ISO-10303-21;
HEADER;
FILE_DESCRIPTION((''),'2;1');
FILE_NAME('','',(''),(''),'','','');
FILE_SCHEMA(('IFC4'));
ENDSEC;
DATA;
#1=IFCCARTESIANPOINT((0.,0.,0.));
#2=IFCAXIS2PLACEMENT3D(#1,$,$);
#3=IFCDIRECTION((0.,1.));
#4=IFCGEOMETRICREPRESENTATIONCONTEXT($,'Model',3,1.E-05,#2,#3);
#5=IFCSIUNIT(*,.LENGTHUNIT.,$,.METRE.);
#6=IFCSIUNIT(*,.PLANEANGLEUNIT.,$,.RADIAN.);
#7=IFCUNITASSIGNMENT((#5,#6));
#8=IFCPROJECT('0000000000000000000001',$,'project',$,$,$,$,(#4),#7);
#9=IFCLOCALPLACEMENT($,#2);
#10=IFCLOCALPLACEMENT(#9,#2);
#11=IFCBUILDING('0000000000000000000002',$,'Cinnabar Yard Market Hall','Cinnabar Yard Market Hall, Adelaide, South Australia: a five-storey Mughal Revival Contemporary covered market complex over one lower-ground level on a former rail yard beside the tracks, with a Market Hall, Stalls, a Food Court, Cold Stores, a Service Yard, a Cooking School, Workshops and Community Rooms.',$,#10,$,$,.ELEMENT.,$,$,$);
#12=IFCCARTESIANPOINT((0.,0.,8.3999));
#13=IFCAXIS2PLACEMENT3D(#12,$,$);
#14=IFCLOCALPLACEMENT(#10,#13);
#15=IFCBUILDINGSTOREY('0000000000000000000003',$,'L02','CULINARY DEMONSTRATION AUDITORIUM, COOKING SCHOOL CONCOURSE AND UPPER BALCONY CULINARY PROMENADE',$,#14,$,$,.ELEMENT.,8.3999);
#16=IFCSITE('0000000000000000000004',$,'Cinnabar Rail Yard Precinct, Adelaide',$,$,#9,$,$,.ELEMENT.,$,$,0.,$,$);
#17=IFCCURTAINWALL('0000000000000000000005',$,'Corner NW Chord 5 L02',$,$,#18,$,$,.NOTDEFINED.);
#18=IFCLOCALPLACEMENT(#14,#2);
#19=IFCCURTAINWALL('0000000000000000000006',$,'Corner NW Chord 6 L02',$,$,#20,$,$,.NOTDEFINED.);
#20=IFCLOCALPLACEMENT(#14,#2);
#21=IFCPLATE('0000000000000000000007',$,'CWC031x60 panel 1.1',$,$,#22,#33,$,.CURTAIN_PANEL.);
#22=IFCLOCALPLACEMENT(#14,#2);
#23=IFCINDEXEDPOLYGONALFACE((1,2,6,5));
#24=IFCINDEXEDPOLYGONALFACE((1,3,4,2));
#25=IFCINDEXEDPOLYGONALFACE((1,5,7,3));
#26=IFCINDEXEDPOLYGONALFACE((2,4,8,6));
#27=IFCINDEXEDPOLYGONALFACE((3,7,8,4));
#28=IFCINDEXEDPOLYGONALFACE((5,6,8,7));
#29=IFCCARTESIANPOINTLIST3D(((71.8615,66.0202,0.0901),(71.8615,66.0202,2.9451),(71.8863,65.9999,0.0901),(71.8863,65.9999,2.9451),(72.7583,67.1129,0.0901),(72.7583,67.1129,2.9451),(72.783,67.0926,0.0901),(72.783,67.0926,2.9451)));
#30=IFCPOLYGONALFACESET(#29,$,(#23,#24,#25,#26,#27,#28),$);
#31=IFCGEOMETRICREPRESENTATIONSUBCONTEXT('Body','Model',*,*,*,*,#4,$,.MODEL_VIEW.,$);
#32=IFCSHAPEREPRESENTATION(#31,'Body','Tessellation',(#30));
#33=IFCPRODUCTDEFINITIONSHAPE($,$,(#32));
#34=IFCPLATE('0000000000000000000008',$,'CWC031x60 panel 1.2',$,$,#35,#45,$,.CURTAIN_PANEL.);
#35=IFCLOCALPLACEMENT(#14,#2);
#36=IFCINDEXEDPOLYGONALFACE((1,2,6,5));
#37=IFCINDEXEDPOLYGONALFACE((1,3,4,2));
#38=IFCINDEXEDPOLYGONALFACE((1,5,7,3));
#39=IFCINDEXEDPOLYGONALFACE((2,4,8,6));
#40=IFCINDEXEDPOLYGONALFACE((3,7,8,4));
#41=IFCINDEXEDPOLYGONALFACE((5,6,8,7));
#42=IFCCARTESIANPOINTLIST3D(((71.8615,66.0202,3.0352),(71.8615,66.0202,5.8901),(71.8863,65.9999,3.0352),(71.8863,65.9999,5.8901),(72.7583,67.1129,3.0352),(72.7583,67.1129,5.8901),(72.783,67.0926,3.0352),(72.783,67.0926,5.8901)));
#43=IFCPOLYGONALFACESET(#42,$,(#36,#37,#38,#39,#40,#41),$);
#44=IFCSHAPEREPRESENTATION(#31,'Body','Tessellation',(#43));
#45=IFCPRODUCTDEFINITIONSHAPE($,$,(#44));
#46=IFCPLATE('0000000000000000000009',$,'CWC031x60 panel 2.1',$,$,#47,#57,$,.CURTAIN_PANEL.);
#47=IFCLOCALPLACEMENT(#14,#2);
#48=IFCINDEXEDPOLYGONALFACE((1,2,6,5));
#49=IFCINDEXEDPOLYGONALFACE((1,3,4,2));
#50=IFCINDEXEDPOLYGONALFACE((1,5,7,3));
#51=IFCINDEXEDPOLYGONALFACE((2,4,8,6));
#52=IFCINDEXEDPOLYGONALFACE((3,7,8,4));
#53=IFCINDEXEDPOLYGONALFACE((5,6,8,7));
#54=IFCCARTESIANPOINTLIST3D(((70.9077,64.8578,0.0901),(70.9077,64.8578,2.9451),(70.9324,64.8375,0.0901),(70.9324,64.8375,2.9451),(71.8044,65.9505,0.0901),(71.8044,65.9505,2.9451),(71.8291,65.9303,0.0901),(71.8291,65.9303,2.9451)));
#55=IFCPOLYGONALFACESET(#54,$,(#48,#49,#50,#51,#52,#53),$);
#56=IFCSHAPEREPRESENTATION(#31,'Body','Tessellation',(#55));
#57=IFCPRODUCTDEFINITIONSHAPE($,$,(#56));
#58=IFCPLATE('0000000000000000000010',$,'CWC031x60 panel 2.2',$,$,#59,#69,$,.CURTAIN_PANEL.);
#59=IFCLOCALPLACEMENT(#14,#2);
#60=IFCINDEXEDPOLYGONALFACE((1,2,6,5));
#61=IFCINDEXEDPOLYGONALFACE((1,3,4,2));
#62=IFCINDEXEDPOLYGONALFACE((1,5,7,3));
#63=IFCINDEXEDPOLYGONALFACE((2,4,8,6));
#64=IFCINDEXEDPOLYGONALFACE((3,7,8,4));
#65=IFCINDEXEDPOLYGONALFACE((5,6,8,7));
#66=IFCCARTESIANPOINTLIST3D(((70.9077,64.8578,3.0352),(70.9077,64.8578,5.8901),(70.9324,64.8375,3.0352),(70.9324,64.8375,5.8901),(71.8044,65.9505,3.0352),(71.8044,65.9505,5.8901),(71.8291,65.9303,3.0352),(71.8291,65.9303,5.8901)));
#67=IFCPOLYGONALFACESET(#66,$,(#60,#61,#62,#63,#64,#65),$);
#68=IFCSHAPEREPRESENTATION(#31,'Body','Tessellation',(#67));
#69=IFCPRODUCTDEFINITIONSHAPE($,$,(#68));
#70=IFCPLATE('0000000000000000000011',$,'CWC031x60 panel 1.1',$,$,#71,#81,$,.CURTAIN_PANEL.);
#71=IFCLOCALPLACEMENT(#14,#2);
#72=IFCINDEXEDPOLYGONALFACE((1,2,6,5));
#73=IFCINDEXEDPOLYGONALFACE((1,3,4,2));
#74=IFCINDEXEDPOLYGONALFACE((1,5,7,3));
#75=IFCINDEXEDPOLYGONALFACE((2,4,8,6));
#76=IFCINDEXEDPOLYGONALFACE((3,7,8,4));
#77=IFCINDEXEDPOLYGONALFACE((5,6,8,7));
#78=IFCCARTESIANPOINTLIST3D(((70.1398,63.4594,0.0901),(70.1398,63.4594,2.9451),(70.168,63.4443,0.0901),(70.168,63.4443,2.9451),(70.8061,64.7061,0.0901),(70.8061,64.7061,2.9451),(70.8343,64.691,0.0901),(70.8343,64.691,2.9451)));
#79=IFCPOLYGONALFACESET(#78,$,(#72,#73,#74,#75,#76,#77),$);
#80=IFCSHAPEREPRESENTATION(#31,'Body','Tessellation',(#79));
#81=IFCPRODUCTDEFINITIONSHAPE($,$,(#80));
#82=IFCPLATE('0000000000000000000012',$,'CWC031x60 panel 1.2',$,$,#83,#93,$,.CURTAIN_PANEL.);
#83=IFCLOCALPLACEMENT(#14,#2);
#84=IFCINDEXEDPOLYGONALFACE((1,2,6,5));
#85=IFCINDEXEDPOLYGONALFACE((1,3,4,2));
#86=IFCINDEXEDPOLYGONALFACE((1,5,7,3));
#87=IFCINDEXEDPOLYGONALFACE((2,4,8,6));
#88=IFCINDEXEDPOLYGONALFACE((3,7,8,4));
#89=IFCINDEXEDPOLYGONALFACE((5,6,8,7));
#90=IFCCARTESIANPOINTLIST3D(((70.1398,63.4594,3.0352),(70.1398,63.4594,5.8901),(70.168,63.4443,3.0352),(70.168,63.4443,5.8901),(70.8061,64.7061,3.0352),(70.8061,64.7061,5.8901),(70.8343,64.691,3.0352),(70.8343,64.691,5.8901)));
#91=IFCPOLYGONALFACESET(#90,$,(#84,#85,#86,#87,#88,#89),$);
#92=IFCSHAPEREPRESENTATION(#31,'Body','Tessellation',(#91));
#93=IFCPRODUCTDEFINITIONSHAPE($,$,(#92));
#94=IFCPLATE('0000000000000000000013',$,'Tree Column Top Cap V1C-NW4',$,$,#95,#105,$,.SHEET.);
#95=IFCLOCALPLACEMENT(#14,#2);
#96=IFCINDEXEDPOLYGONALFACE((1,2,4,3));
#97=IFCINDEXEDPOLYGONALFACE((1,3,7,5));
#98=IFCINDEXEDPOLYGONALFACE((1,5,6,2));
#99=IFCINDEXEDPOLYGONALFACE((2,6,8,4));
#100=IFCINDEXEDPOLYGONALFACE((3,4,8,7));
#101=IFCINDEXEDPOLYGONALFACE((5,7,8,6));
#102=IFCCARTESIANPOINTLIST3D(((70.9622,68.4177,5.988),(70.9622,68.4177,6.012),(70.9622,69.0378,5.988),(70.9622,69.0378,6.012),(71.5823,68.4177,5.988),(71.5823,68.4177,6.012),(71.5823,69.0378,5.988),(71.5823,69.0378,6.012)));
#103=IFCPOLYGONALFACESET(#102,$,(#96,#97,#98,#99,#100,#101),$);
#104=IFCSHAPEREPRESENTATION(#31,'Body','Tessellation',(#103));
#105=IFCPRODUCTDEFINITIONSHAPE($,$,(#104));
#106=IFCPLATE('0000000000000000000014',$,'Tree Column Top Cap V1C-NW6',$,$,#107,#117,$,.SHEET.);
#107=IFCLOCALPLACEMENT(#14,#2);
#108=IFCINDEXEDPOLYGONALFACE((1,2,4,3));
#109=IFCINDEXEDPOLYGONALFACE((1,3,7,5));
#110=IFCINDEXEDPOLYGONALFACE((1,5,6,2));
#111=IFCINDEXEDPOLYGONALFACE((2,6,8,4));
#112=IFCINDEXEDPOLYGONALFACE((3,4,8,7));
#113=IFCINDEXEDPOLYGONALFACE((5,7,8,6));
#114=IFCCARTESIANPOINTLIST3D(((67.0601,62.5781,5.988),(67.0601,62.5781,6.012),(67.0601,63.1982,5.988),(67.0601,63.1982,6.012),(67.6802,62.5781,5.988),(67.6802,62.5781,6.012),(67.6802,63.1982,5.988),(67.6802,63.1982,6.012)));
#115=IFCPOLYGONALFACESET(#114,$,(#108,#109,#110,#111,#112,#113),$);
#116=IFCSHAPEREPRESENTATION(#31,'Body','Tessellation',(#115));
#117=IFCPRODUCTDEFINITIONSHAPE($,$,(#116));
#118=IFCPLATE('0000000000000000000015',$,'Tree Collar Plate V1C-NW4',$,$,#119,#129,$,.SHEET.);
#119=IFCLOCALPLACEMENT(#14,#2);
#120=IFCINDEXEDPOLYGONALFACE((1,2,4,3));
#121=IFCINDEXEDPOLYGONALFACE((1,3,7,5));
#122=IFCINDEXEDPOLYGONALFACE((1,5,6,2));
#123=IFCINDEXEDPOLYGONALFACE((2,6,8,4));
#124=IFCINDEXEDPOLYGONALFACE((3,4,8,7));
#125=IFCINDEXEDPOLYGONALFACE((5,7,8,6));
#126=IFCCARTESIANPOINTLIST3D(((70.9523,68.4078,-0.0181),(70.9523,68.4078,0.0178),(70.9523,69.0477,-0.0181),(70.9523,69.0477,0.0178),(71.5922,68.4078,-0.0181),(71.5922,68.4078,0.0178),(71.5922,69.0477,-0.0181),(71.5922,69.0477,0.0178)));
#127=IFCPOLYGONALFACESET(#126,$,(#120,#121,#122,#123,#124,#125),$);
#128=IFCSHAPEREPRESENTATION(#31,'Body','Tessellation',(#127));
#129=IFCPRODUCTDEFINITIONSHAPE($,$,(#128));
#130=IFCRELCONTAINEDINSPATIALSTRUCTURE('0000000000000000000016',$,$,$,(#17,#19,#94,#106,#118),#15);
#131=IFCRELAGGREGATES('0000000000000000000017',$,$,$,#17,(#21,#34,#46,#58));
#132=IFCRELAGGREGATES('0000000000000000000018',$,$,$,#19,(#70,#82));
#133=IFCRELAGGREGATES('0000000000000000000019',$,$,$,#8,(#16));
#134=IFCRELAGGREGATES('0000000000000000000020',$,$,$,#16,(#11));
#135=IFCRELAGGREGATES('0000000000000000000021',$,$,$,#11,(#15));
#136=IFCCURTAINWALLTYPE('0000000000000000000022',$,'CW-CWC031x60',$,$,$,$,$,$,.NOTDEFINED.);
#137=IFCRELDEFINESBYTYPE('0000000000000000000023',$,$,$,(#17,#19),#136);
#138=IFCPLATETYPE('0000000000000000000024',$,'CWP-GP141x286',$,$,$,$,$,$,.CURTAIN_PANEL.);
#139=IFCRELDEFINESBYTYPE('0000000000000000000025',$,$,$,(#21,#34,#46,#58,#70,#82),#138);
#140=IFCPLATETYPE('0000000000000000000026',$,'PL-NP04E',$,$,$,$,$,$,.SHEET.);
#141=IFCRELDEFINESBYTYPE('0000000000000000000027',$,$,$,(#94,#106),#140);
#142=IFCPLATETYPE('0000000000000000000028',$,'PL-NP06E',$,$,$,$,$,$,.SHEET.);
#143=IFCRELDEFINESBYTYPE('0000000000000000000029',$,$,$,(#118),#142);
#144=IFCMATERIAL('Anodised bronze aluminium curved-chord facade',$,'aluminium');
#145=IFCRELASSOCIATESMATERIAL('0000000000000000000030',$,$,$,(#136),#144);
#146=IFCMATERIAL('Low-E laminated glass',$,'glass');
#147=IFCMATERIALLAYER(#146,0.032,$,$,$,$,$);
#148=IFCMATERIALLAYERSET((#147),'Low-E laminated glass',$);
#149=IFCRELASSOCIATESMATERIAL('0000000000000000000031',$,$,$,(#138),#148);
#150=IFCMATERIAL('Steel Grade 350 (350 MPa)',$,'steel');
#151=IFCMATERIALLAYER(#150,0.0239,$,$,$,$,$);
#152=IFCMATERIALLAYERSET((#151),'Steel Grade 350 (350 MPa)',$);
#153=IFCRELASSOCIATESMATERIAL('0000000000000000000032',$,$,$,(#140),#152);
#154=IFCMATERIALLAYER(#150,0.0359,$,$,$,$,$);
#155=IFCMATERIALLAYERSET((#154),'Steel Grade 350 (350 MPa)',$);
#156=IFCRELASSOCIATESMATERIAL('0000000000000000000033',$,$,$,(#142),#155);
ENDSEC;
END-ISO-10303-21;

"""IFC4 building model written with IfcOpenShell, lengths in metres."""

from ifc_helpers import new_model, si_unit, direction, frame, origin, origin_2d_with_axis, place, context, subcontext, project, spatial, rectangle, extrude, material, layer, layer_set, type_object, element, aggregate, save


model = new_model("IFC4")

# Units and contexts
model_context = context("Model", 3, precision=1e-05, world=origin(), true_north=direction((0.0, 1.0)))
body_context = subcontext(model_context, "Body", "Model", "MODEL_VIEW")
ifc_project = project(units=[si_unit("LENGTHUNIT", "METRE"), si_unit("PLANEANGLEUNIT", "RADIAN")], contexts=[model_context])

# Site, building, storey
site_placement = place(None, origin())
site = spatial("IfcSite", under=ifc_project, at=site_placement, Name="Cinnabar Rail Yard Precinct, Adelaide", CompositionType="ELEMENT", RefElevation=0.0)
building_placement = place(site_placement, origin())
building = spatial("IfcBuilding", under=site, at=building_placement, Name="Cinnabar Yard Market Hall", Description="Cinnabar Yard Market Hall, Adelaide, South Australia: a five-storey Mughal Revival Contemporary covered market complex over one lower-ground level on a former rail yard beside the tracks, with a Market Hall, Stalls, a Food Court, Cold Stores, a Service Yard, a Cooking School, Workshops and Community Rooms.", CompositionType="ELEMENT")
storey_placement = place(building_placement, frame((0.0, 0.0, 8.3999)))
storey = spatial("IfcBuildingStorey", under=building, at=storey_placement, Name="L02", Description="CULINARY DEMONSTRATION AUDITORIUM, COOKING SCHOOL CONCOURSE AND UPPER BALCONY CULINARY PROMENADE", CompositionType="ELEMENT", Elevation=8.3999)

# Shared definitions
ifc_material_1 = material(Name="Anodised bronze aluminium curved-chord facade", Category="aluminium")
curtain_wall_type = type_object("IfcCurtainWallType", Name="CW-CWC031x60", PredefinedType="NOTDEFINED", material=ifc_material_1)

# Curtain walls
curtain_wall_1_placement = place(storey_placement, origin())
curtain_wall_1 = element("IfcCurtainWall", 1, at=curtain_wall_1_placement, inside=storey, type_object=curtain_wall_type, Name="Corner NW Chord 5 L02", PredefinedType="NOTDEFINED")
curtain_wall_2_placement = place(storey_placement, origin())
curtain_wall_2 = element("IfcCurtainWall", 2, at=curtain_wall_2_placement, inside=storey, type_object=curtain_wall_type, Name="Corner NW Chord 6 L02", PredefinedType="NOTDEFINED")

# Plates
ifc_material_2 = material(Name="Low-E laminated glass", Category="glass")
ifc_layer_1 = layer(ifc_material_2, 0.032)
ifc_layer_set_1 = layer_set([ifc_layer_1], Name="Low-E laminated glass")
plate_type_1 = type_object("IfcPlateType", Name="CWP-GP141x286", PredefinedType="CURTAIN_PANEL", material=ifc_layer_set_1)
plate_1_placement = place(storey_placement, frame((72.3223, 66.5564, 0.0901), z_axis=(0.0, 0.0, 1.0), x_axis=(-0.634383, -0.773019, 0.0)))
plate_1 = element("IfcPlate", 3, at=plate_1_placement, type_object=plate_type_1, Name="CWC031x60 panel 1.1", PredefinedType="CURTAIN_PANEL", context=body_context, shape_type="SweptSolid", body=[
    extrude(rectangle(XDim=1.4136, YDim=0.032, at=origin_2d_with_axis()), origin(), (0.0, 0.0, 1.0), 2.855),
])
plate_2_placement = place(storey_placement, frame((72.3223, 66.5564, 3.0352), z_axis=(0.0, 0.0, 1.0), x_axis=(-0.634383, -0.773019, 0.0)))
plate_2 = element("IfcPlate", 4, at=plate_2_placement, type_object=plate_type_1, Name="CWC031x60 panel 1.2", PredefinedType="CURTAIN_PANEL", context=body_context, shape_type="SweptSolid", body=[
    extrude(rectangle(XDim=1.4136, YDim=0.032, at=origin_2d_with_axis()), origin(), (0.0, 0.0, 1.0), 2.855),
])
plate_3_placement = place(storey_placement, frame((71.3684, 65.394, 0.0901), z_axis=(0.0, 0.0, 1.0), x_axis=(-0.634383, -0.773019, 0.0)))
plate_3 = element("IfcPlate", 5, at=plate_3_placement, type_object=plate_type_1, Name="CWC031x60 panel 2.1", PredefinedType="CURTAIN_PANEL", context=body_context, shape_type="SweptSolid", body=[
    extrude(rectangle(XDim=1.4136, YDim=0.032, at=origin_2d_with_axis()), origin(), (0.0, 0.0, 1.0), 2.855),
])
plate_4_placement = place(storey_placement, frame((71.3684, 65.394, 3.0352), z_axis=(0.0, 0.0, 1.0), x_axis=(-0.634383, -0.773019, 0.0)))
plate_4 = element("IfcPlate", 6, at=plate_4_placement, type_object=plate_type_1, Name="CWC031x60 panel 2.2", PredefinedType="CURTAIN_PANEL", context=body_context, shape_type="SweptSolid", body=[
    extrude(rectangle(XDim=1.4136, YDim=0.032, at=origin_2d_with_axis()), origin(), (0.0, 0.0, 1.0), 2.855),
])
aggregate(curtain_wall_1, [plate_1, plate_2, plate_3, plate_4])
plate_5_placement = place(storey_placement, frame((70.4871, 64.0752, 0.0901), z_axis=(0.0, 0.0, 1.0), x_axis=(-0.471404, -0.881917, 0.0)))
plate_5 = element("IfcPlate", 7, at=plate_5_placement, type_object=plate_type_1, Name="CWC031x60 panel 1.1", PredefinedType="CURTAIN_PANEL", context=body_context, shape_type="SweptSolid", body=[
    extrude(rectangle(XDim=1.4136, YDim=0.032, at=origin_2d_with_axis()), origin(), (0.0, 0.0, 1.0), 2.855),
])
plate_6_placement = place(storey_placement, frame((70.4871, 64.0752, 3.0352), z_axis=(0.0, 0.0, 1.0), x_axis=(-0.471404, -0.881917, 0.0)))
plate_6 = element("IfcPlate", 8, at=plate_6_placement, type_object=plate_type_1, Name="CWC031x60 panel 1.2", PredefinedType="CURTAIN_PANEL", context=body_context, shape_type="SweptSolid", body=[
    extrude(rectangle(XDim=1.4136, YDim=0.032, at=origin_2d_with_axis()), origin(), (0.0, 0.0, 1.0), 2.855),
])
aggregate(curtain_wall_2, [plate_5, plate_6])

# Plates
ifc_material_3 = material(Name="Steel Grade 350 (350 MPa)", Category="steel")
ifc_layer_2 = layer(ifc_material_3, 0.0239)
ifc_layer_set_2 = layer_set([ifc_layer_2], Name="Steel Grade 350 (350 MPa)")
plate_type_2 = type_object("IfcPlateType", Name="PL-NP04E", PredefinedType="SHEET", material=ifc_layer_set_2)
for number, where, z_axis, x_axis, name in (
    (9, (71.2722, 68.7278, 5.988), (0.0, 0.0, 1.0), (1.0, 0.0, 0.0), "Tree Column Top Cap V1C-NW4"),
    (10, (67.3701, 62.8882, 5.988), (0.0, 0.0, 1.0), (1.0, 0.0, 0.0), "Tree Column Top Cap V1C-NW6"),
):
    element("IfcPlate", number, at=place(storey_placement, frame(where, z_axis=z_axis, x_axis=x_axis)), inside=storey, type_object=plate_type_2, Name=name, PredefinedType="SHEET", context=body_context, shape_type="SweptSolid", body=[
        extrude(rectangle(XDim=0.6201, YDim=0.6201, at=origin_2d_with_axis()), origin(), (0.0, 0.0, 1.0), 0.0239),
    ])
ifc_layer_3 = layer(ifc_material_3, 0.0359)
ifc_layer_set_3 = layer_set([ifc_layer_3], Name="Steel Grade 350 (350 MPa)")
plate_type_3 = type_object("IfcPlateType", Name="PL-NP06E", PredefinedType="SHEET", material=ifc_layer_set_3)
plate_7_placement = place(storey_placement, frame((71.2722, 68.7278, -0.0181), z_axis=(0.0, 0.0, 1.0), x_axis=(1.0, 0.0, 0.0)))
element("IfcPlate", 11, at=plate_7_placement, inside=storey, type_object=plate_type_3, Name="Tree Collar Plate V1C-NW4", PredefinedType="SHEET", context=body_context, shape_type="SweptSolid", body=[
    extrude(rectangle(XDim=0.6399, YDim=0.6399, at=origin_2d_with_axis()), origin(), (0.0, 0.0, 1.0), 0.0359),
])

save(model, "model.ifc")
